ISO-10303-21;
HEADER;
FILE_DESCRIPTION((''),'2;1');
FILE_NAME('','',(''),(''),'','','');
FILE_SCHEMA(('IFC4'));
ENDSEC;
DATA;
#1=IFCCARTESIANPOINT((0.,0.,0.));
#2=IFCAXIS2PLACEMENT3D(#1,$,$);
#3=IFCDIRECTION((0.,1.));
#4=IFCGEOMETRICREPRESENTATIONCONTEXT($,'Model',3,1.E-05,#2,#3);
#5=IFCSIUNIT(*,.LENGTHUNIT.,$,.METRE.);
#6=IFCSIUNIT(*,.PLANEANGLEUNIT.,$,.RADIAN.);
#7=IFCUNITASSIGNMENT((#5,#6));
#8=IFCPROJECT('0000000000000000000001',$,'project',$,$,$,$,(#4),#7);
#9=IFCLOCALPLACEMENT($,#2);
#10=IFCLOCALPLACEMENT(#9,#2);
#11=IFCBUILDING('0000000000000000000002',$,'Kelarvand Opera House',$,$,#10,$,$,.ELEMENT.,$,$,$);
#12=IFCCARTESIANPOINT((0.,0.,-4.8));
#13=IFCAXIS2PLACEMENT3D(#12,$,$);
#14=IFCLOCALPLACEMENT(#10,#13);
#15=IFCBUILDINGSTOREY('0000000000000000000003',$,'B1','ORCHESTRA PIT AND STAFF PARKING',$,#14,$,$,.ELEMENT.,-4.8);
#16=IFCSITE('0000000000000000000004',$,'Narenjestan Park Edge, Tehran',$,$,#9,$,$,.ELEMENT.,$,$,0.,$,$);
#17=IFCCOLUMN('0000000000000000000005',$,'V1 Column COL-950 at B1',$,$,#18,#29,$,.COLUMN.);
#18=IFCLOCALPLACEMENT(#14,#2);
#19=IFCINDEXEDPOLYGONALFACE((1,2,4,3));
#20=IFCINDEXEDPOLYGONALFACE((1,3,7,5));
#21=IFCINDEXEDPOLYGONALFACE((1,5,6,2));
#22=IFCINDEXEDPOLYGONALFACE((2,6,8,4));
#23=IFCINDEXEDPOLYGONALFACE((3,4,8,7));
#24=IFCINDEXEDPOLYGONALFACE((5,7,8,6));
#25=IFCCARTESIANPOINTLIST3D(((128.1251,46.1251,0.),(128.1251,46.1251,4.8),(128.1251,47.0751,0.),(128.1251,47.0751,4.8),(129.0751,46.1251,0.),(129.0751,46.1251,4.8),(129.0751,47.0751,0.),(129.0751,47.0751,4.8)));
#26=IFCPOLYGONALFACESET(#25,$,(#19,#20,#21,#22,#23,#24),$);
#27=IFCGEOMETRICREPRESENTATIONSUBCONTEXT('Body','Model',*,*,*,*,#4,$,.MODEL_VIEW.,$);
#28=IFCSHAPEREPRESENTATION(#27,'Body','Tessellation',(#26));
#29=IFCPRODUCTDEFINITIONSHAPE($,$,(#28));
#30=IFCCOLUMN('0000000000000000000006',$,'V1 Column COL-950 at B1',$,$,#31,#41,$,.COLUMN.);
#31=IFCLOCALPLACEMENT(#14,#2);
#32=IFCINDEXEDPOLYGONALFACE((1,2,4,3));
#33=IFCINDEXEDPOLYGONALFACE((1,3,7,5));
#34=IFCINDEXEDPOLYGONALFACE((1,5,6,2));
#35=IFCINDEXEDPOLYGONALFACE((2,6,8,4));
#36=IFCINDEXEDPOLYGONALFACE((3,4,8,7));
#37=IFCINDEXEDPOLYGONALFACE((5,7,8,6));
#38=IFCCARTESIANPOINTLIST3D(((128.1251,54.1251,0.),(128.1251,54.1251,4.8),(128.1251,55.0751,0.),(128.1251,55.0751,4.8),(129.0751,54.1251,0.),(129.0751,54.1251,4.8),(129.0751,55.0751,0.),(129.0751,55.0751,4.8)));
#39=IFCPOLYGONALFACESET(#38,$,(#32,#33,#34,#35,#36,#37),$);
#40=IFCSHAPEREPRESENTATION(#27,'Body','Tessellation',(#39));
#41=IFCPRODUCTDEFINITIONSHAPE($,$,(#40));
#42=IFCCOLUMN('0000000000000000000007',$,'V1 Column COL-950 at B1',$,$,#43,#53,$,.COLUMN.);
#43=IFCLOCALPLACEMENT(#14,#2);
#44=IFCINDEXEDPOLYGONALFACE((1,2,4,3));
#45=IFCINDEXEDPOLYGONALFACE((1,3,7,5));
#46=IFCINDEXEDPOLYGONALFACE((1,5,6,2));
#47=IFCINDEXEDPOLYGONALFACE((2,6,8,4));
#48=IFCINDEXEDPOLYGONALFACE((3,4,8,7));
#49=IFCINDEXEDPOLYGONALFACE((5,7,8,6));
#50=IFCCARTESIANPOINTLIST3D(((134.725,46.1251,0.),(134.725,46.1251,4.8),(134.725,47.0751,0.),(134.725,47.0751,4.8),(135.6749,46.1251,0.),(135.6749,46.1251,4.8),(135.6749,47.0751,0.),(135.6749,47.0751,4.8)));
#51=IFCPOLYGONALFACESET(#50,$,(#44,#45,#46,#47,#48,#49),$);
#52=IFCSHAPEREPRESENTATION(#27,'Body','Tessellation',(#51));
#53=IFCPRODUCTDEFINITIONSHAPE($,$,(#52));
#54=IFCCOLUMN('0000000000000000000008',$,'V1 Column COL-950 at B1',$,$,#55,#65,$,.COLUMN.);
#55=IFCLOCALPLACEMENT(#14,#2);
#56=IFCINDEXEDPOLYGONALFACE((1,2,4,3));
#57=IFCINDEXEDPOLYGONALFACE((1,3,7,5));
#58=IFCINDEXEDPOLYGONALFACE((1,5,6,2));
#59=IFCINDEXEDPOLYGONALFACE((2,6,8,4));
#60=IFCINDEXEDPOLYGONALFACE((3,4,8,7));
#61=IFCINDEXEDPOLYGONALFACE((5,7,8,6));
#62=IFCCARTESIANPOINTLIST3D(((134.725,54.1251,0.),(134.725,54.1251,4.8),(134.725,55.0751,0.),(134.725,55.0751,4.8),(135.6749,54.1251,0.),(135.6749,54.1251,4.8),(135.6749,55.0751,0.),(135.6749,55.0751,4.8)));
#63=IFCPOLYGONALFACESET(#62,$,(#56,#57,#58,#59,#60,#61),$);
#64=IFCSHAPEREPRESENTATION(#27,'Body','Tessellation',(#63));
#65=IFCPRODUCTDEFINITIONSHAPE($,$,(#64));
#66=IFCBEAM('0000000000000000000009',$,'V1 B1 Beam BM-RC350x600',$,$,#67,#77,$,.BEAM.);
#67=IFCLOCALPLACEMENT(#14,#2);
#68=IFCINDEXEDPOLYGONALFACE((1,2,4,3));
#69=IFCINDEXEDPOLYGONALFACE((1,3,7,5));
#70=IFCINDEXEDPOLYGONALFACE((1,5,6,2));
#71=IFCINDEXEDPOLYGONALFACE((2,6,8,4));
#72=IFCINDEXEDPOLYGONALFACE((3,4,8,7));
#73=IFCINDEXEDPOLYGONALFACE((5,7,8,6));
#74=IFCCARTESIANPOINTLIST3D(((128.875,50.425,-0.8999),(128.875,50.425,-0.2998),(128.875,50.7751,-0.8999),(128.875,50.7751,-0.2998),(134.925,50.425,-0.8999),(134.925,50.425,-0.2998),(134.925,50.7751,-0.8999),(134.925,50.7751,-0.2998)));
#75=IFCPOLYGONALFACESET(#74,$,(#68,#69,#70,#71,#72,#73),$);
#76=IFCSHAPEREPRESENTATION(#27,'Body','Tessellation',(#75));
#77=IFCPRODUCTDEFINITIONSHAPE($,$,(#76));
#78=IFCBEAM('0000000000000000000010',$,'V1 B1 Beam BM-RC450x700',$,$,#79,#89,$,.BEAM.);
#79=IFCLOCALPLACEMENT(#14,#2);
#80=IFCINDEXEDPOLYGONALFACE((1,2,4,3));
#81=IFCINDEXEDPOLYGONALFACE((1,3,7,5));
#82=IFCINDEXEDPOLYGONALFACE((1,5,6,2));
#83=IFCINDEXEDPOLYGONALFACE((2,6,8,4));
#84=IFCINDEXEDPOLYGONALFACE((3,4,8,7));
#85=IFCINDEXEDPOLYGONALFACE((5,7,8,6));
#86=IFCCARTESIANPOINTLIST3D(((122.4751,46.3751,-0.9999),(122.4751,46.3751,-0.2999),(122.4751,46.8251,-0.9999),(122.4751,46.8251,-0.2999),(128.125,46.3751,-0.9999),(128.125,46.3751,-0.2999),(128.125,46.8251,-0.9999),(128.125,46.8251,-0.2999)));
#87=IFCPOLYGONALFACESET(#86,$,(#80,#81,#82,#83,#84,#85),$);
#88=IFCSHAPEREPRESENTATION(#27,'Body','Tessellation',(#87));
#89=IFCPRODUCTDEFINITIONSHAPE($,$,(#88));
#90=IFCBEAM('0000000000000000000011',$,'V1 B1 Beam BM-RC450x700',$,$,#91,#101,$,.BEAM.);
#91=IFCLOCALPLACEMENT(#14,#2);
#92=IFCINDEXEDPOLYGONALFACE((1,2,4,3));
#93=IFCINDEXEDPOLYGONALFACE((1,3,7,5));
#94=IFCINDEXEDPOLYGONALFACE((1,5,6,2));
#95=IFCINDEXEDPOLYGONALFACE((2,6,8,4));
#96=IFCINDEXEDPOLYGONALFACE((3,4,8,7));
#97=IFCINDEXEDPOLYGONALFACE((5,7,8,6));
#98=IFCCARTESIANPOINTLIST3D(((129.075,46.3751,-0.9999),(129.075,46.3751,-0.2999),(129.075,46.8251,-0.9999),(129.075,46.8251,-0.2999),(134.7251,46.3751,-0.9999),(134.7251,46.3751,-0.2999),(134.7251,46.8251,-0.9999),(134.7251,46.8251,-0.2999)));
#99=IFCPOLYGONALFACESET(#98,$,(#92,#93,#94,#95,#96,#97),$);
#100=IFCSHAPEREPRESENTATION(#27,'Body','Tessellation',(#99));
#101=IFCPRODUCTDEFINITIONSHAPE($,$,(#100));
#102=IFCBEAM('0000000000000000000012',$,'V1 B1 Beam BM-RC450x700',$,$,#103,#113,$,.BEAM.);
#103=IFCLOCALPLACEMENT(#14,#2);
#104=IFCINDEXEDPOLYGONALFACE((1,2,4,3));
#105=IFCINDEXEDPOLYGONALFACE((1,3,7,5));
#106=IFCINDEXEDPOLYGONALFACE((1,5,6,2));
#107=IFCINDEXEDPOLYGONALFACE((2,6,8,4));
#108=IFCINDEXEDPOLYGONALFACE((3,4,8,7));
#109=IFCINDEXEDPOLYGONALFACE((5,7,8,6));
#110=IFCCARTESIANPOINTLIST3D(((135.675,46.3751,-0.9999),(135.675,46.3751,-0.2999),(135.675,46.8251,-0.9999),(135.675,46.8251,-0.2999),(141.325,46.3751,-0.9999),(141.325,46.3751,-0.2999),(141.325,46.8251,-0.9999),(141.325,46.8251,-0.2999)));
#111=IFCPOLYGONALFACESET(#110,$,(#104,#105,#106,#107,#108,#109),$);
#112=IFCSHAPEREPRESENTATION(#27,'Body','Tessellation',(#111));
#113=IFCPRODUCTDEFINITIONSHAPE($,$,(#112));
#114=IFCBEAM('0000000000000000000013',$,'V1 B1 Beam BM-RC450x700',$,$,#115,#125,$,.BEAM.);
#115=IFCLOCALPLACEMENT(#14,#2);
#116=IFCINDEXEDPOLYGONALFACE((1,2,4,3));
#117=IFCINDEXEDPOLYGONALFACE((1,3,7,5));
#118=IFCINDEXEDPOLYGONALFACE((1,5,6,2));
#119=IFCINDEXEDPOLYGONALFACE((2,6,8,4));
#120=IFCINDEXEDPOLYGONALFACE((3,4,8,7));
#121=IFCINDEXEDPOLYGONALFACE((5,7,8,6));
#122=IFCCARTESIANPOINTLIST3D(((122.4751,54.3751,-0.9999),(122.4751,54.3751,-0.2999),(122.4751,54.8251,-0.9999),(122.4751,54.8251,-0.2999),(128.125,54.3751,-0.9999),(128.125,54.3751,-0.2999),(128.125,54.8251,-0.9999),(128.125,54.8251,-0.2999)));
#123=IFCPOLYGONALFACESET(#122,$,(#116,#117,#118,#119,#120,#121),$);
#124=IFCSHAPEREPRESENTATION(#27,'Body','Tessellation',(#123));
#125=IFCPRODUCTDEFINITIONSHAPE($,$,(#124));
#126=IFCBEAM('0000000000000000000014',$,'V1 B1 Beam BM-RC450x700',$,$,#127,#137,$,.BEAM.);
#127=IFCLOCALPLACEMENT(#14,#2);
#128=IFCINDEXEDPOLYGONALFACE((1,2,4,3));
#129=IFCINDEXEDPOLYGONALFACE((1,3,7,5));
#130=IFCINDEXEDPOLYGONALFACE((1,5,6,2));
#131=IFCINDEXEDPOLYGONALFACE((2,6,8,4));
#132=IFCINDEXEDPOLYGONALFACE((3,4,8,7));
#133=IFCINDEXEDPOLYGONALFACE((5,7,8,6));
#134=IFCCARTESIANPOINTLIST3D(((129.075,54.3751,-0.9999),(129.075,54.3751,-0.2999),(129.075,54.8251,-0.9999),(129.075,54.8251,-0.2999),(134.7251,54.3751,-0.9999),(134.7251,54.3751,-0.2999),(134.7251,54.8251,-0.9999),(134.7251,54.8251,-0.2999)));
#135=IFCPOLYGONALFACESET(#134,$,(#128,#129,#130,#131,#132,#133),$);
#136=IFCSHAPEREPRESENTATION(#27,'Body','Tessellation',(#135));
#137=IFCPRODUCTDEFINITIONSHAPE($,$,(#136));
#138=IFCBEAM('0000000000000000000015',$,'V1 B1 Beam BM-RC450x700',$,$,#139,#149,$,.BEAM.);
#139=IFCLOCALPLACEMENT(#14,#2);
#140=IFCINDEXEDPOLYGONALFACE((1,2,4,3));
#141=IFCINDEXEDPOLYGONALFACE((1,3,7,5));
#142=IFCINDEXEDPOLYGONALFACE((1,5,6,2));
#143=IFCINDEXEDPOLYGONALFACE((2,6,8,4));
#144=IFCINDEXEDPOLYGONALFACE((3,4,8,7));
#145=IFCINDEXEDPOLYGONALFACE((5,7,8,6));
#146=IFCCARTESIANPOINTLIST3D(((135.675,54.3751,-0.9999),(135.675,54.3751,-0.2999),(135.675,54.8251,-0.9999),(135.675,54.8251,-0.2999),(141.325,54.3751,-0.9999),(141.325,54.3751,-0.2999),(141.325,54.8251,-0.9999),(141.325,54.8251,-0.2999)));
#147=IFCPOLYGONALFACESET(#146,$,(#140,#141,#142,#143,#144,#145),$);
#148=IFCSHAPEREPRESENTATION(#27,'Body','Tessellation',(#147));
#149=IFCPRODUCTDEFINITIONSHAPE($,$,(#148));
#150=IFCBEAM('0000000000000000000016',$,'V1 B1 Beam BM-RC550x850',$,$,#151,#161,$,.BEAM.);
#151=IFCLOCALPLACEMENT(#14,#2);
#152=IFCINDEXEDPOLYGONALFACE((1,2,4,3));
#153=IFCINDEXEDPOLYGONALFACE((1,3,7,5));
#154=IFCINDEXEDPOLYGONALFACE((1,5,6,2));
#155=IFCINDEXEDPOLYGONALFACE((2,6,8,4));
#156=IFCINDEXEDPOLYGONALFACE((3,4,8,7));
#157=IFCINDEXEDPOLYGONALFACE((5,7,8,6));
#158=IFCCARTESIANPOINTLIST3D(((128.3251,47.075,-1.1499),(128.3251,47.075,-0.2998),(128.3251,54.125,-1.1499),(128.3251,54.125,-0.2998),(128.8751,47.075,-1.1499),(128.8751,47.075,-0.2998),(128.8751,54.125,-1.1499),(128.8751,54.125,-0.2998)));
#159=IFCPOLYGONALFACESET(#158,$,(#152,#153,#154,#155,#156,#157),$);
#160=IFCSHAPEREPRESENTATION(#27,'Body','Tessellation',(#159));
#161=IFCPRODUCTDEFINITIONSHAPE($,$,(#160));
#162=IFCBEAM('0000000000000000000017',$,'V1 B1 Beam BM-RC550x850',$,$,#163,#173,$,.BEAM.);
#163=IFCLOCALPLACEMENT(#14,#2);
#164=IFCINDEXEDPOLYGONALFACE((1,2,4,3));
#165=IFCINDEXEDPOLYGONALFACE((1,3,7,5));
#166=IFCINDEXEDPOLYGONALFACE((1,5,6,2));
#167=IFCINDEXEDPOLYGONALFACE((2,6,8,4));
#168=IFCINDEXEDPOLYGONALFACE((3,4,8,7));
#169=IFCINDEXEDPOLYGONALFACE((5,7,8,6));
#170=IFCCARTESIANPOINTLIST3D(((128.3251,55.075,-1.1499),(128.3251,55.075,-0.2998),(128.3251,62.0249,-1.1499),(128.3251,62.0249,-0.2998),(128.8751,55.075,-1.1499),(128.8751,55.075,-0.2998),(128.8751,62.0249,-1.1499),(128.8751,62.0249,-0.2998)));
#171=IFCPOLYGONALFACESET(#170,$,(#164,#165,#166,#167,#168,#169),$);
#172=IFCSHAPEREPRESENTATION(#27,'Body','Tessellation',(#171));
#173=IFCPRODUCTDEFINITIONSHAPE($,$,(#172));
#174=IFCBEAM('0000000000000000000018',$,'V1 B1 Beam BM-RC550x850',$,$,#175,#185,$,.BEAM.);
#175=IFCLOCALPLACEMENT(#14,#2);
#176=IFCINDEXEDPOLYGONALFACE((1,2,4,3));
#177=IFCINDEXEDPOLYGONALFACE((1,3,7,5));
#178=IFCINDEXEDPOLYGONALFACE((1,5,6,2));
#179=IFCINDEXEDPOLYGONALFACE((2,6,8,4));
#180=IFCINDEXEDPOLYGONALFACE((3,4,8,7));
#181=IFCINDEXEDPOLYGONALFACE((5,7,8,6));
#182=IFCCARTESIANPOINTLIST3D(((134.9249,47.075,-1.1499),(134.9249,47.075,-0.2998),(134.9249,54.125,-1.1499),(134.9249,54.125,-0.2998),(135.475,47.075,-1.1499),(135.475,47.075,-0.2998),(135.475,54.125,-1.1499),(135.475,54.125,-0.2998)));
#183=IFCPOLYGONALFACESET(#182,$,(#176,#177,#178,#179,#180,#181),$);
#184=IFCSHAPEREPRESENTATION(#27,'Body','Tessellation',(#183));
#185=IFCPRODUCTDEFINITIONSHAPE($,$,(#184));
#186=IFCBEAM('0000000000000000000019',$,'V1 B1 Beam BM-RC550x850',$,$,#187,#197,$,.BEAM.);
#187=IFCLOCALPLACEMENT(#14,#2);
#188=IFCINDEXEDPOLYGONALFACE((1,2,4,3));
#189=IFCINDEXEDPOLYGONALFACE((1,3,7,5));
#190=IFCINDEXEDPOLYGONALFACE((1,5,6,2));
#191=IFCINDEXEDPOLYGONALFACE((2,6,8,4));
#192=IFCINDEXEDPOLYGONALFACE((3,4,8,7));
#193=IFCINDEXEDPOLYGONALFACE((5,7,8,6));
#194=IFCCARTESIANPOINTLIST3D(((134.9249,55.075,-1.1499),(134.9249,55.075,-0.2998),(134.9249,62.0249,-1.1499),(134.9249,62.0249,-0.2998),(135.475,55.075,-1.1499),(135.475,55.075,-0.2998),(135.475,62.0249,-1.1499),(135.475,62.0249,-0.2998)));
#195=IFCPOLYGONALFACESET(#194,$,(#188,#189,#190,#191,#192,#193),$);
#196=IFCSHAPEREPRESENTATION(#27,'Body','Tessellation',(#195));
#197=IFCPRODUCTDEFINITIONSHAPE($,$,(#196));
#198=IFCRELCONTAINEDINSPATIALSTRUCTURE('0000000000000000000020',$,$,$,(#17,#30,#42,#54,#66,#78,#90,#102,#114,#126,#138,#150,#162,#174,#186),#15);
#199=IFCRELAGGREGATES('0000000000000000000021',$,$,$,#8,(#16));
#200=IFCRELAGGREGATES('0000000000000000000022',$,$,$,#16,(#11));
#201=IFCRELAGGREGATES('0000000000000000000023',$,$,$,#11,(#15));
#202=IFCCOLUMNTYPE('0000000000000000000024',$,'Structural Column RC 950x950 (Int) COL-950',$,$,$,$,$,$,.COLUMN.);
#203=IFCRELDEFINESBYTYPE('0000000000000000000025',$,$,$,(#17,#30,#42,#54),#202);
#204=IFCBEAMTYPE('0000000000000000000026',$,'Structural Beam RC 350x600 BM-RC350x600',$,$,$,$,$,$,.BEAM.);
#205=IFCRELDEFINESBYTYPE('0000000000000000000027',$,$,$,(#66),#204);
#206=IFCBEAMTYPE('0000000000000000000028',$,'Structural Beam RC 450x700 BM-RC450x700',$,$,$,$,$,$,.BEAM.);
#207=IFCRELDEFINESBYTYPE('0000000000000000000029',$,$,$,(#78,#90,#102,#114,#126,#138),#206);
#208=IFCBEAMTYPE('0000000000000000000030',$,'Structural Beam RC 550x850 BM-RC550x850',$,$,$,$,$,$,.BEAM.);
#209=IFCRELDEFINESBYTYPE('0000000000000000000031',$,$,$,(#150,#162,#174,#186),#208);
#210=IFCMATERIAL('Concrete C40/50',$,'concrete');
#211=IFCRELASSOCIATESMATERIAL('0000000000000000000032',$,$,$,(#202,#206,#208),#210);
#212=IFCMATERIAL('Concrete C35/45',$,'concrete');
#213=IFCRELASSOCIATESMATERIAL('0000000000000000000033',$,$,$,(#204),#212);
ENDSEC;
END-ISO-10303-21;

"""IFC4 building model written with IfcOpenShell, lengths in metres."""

from ifc_helpers import new_model, si_unit, direction, frame, origin, origin_2d, place, context, subcontext, project, spatial, rectangle, extrude, material, material_profile, profile_set, type_object, element, save


model = new_model("IFC4")

# Units and contexts
model_context = context("Model", 3, precision=1e-05, world=origin(), true_north=direction((0.0, 1.0)))
body_context = subcontext(model_context, "Body", "Model", "MODEL_VIEW")
ifc_project = project(units=[si_unit("LENGTHUNIT", "METRE"), si_unit("PLANEANGLEUNIT", "RADIAN")], contexts=[model_context])

# Site, building, storey
site_placement = place(None, origin())
site = spatial("IfcSite", under=ifc_project, at=site_placement, Name="Narenjestan Park Edge, Tehran", CompositionType="ELEMENT", RefElevation=0.0)
building_placement = place(site_placement, origin())
building = spatial("IfcBuilding", under=site, at=building_placement, Name="Kelarvand Opera House", CompositionType="ELEMENT")
storey_placement = place(building_placement, frame((0.0, 0.0, -4.8)))
storey = spatial("IfcBuildingStorey", under=building, at=storey_placement, Name="B1", Description="ORCHESTRA PIT AND STAFF PARKING", CompositionType="ELEMENT", Elevation=-4.8)

# Columns
ifc_material_1 = material(Name="Concrete C40/50", Category="concrete")
ifc_material_profile_1 = material_profile(ifc_material_1, rectangle(XDim=0.95, YDim=0.95, at=origin_2d()), Name="RC 950x950", Category="concrete")
ifc_profile_set_1 = profile_set([ifc_material_profile_1], Name="Concrete C40/50")
column_type = type_object("IfcColumnType", Name="Structural Column RC 950x950 (Int) COL-950", PredefinedType="COLUMN", material=ifc_profile_set_1)
for number, where, z_axis, x_axis, name in (
    (1, (128.6001, 46.6001, 0.0), (0.0, 0.0, 1.0), (1.0, 0.0, 0.0), "V1 Column COL-950 at B1"),
    (2, (128.6001, 54.6001, 0.0), (0.0, 0.0, 1.0), (1.0, 0.0, 0.0), "V1 Column COL-950 at B1"),
    (3, (135.2, 46.6001, 0.0), (0.0, 0.0, 1.0), (1.0, 0.0, 0.0), "V1 Column COL-950 at B1"),
    (4, (135.2, 54.6001, 0.0), (0.0, 0.0, 1.0), (1.0, 0.0, 0.0), "V1 Column COL-950 at B1"),
):
    element("IfcColumn", number, at=place(storey_placement, frame(where, z_axis=z_axis, x_axis=x_axis)), inside=storey, type_object=column_type, Name=name, PredefinedType="COLUMN", context=body_context, shape_type="SweptSolid", body=[
        extrude(rectangle(XDim=0.95, YDim=0.95, at=origin_2d()), origin(), (0.0, 0.0, 1.0), 4.8),
    ])

# Beams
ifc_material_2 = material(Name="Concrete C35/45", Category="concrete")
ifc_material_profile_2 = material_profile(ifc_material_2, rectangle(XDim=0.3501, YDim=0.6001, at=origin_2d()), Name="RC 350x600", Category="concrete")
ifc_profile_set_2 = profile_set([ifc_material_profile_2], Name="Concrete C35/45")
beam_type_1 = type_object("IfcBeamType", Name="Structural Beam RC 350x600 BM-RC350x600", PredefinedType="BEAM", material=ifc_profile_set_2)
beam_1_placement = place(storey_placement, frame((128.875, 50.6001, -0.5999), z_axis=(1.0, 0.0, 0.0), x_axis=(0.0, 1.0, 0.0)))
element("IfcBeam", 5, at=beam_1_placement, inside=storey, type_object=beam_type_1, Name="V1 B1 Beam BM-RC350x600", PredefinedType="BEAM", context=body_context, shape_type="SweptSolid", body=[
    extrude(rectangle(XDim=0.3501, YDim=0.6001, at=origin_2d()), origin(), (0.0, 0.0, 1.0), 6.05),
])
ifc_material_profile_3 = material_profile(ifc_material_1, rectangle(XDim=0.45, YDim=0.7, at=origin_2d()), Name="RC 450x700", Category="concrete")
ifc_profile_set_3 = profile_set([ifc_material_profile_3], Name="Concrete C40/50")
beam_type_2 = type_object("IfcBeamType", Name="Structural Beam RC 450x700 BM-RC450x700", PredefinedType="BEAM", material=ifc_profile_set_3)
beam_2_placement = place(storey_placement, frame((122.4751, 46.6001, -0.6499), z_axis=(1.0, 0.0, 0.0), x_axis=(0.0, 1.0, 0.0)))
element("IfcBeam", 6, at=beam_2_placement, inside=storey, type_object=beam_type_2, Name="V1 B1 Beam BM-RC450x700", PredefinedType="BEAM", context=body_context, shape_type="SweptSolid", body=[
    extrude(rectangle(XDim=0.45, YDim=0.7, at=origin_2d()), origin(), (0.0, 0.0, 1.0), 5.6499),
])
beam_3_placement = place(storey_placement, frame((129.075, 46.6001, -0.6499), z_axis=(1.0, 0.0, 0.0), x_axis=(0.0, 1.0, 0.0)))
element("IfcBeam", 7, at=beam_3_placement, inside=storey, type_object=beam_type_2, Name="V1 B1 Beam BM-RC450x700", PredefinedType="BEAM", context=body_context, shape_type="SweptSolid", body=[
    extrude(rectangle(XDim=0.45, YDim=0.7, at=origin_2d()), origin(), (0.0, 0.0, 1.0), 5.6501),
])
for number, where, z_axis, x_axis, name in (
    (8, (135.675, 46.6001, -0.6499), (1.0, 0.0, 0.0), (0.0, 1.0, 0.0), "V1 B1 Beam BM-RC450x700"),
    (9, (122.4751, 54.6001, -0.6499), (1.0, 0.0, 0.0), (0.0, 1.0, 0.0), "V1 B1 Beam BM-RC450x700"),
):
    element("IfcBeam", number, at=place(storey_placement, frame(where, z_axis=z_axis, x_axis=x_axis)), inside=storey, type_object=beam_type_2, Name=name, PredefinedType="BEAM", context=body_context, shape_type="SweptSolid", body=[
        extrude(rectangle(XDim=0.45, YDim=0.7, at=origin_2d()), origin(), (0.0, 0.0, 1.0), 5.6499),
    ])
beam_4_placement = place(storey_placement, frame((129.075, 54.6001, -0.6499), z_axis=(1.0, 0.0, 0.0), x_axis=(0.0, 1.0, 0.0)))
element("IfcBeam", 10, at=beam_4_placement, inside=storey, type_object=beam_type_2, Name="V1 B1 Beam BM-RC450x700", PredefinedType="BEAM", context=body_context, shape_type="SweptSolid", body=[
    extrude(rectangle(XDim=0.45, YDim=0.7, at=origin_2d()), origin(), (0.0, 0.0, 1.0), 5.6501),
])
beam_5_placement = place(storey_placement, frame((135.675, 54.6001, -0.6499), z_axis=(1.0, 0.0, 0.0), x_axis=(0.0, 1.0, 0.0)))
element("IfcBeam", 11, at=beam_5_placement, inside=storey, type_object=beam_type_2, Name="V1 B1 Beam BM-RC450x700", PredefinedType="BEAM", context=body_context, shape_type="SweptSolid", body=[
    extrude(rectangle(XDim=0.45, YDim=0.7, at=origin_2d()), origin(), (0.0, 0.0, 1.0), 5.6499),
])
ifc_material_profile_4 = material_profile(ifc_material_1, rectangle(XDim=0.55, YDim=0.8501, at=origin_2d()), Name="RC 550x850", Category="concrete")
ifc_profile_set_4 = profile_set([ifc_material_profile_4], Name="Concrete C40/50")
beam_type_3 = type_object("IfcBeamType", Name="Structural Beam RC 550x850 BM-RC550x850", PredefinedType="BEAM", material=ifc_profile_set_4)
beam_6_placement = place(storey_placement, frame((128.6001, 47.075, -0.7249), z_axis=(0.0, 1.0, 0.0), x_axis=(-1.0, 0.0, 0.0)))
element("IfcBeam", 12, at=beam_6_placement, inside=storey, type_object=beam_type_3, Name="V1 B1 Beam BM-RC550x850", PredefinedType="BEAM", context=body_context, shape_type="SweptSolid", body=[
    extrude(rectangle(XDim=0.55, YDim=0.8501, at=origin_2d()), origin(), (0.0, 0.0, 1.0), 7.05),
])
beam_7_placement = place(storey_placement, frame((128.6001, 55.075, -0.7249), z_axis=(0.0, 1.0, 0.0), x_axis=(-1.0, 0.0, 0.0)))
element("IfcBeam", 13, at=beam_7_placement, inside=storey, type_object=beam_type_3, Name="V1 B1 Beam BM-RC550x850", PredefinedType="BEAM", context=body_context, shape_type="SweptSolid", body=[
    extrude(rectangle(XDim=0.55, YDim=0.8501, at=origin_2d()), origin(), (0.0, 0.0, 1.0), 6.95),
])
beam_8_placement = place(storey_placement, frame((135.2, 47.075, -0.7249), z_axis=(0.0, 1.0, 0.0), x_axis=(-1.0, 0.0, 0.0)))
element("IfcBeam", 14, at=beam_8_placement, inside=storey, type_object=beam_type_3, Name="V1 B1 Beam BM-RC550x850", PredefinedType="BEAM", context=body_context, shape_type="SweptSolid", body=[
    extrude(rectangle(XDim=0.55, YDim=0.8501, at=origin_2d()), origin(), (0.0, 0.0, 1.0), 7.05),
])
beam_9_placement = place(storey_placement, frame((135.2, 55.075, -0.7249), z_axis=(0.0, 1.0, 0.0), x_axis=(-1.0, 0.0, 0.0)))
element("IfcBeam", 15, at=beam_9_placement, inside=storey, type_object=beam_type_3, Name="V1 B1 Beam BM-RC550x850", PredefinedType="BEAM", context=body_context, shape_type="SweptSolid", body=[
    extrude(rectangle(XDim=0.55, YDim=0.8501, at=origin_2d()), origin(), (0.0, 0.0, 1.0), 6.95),
])

save(model, "model.ifc")
